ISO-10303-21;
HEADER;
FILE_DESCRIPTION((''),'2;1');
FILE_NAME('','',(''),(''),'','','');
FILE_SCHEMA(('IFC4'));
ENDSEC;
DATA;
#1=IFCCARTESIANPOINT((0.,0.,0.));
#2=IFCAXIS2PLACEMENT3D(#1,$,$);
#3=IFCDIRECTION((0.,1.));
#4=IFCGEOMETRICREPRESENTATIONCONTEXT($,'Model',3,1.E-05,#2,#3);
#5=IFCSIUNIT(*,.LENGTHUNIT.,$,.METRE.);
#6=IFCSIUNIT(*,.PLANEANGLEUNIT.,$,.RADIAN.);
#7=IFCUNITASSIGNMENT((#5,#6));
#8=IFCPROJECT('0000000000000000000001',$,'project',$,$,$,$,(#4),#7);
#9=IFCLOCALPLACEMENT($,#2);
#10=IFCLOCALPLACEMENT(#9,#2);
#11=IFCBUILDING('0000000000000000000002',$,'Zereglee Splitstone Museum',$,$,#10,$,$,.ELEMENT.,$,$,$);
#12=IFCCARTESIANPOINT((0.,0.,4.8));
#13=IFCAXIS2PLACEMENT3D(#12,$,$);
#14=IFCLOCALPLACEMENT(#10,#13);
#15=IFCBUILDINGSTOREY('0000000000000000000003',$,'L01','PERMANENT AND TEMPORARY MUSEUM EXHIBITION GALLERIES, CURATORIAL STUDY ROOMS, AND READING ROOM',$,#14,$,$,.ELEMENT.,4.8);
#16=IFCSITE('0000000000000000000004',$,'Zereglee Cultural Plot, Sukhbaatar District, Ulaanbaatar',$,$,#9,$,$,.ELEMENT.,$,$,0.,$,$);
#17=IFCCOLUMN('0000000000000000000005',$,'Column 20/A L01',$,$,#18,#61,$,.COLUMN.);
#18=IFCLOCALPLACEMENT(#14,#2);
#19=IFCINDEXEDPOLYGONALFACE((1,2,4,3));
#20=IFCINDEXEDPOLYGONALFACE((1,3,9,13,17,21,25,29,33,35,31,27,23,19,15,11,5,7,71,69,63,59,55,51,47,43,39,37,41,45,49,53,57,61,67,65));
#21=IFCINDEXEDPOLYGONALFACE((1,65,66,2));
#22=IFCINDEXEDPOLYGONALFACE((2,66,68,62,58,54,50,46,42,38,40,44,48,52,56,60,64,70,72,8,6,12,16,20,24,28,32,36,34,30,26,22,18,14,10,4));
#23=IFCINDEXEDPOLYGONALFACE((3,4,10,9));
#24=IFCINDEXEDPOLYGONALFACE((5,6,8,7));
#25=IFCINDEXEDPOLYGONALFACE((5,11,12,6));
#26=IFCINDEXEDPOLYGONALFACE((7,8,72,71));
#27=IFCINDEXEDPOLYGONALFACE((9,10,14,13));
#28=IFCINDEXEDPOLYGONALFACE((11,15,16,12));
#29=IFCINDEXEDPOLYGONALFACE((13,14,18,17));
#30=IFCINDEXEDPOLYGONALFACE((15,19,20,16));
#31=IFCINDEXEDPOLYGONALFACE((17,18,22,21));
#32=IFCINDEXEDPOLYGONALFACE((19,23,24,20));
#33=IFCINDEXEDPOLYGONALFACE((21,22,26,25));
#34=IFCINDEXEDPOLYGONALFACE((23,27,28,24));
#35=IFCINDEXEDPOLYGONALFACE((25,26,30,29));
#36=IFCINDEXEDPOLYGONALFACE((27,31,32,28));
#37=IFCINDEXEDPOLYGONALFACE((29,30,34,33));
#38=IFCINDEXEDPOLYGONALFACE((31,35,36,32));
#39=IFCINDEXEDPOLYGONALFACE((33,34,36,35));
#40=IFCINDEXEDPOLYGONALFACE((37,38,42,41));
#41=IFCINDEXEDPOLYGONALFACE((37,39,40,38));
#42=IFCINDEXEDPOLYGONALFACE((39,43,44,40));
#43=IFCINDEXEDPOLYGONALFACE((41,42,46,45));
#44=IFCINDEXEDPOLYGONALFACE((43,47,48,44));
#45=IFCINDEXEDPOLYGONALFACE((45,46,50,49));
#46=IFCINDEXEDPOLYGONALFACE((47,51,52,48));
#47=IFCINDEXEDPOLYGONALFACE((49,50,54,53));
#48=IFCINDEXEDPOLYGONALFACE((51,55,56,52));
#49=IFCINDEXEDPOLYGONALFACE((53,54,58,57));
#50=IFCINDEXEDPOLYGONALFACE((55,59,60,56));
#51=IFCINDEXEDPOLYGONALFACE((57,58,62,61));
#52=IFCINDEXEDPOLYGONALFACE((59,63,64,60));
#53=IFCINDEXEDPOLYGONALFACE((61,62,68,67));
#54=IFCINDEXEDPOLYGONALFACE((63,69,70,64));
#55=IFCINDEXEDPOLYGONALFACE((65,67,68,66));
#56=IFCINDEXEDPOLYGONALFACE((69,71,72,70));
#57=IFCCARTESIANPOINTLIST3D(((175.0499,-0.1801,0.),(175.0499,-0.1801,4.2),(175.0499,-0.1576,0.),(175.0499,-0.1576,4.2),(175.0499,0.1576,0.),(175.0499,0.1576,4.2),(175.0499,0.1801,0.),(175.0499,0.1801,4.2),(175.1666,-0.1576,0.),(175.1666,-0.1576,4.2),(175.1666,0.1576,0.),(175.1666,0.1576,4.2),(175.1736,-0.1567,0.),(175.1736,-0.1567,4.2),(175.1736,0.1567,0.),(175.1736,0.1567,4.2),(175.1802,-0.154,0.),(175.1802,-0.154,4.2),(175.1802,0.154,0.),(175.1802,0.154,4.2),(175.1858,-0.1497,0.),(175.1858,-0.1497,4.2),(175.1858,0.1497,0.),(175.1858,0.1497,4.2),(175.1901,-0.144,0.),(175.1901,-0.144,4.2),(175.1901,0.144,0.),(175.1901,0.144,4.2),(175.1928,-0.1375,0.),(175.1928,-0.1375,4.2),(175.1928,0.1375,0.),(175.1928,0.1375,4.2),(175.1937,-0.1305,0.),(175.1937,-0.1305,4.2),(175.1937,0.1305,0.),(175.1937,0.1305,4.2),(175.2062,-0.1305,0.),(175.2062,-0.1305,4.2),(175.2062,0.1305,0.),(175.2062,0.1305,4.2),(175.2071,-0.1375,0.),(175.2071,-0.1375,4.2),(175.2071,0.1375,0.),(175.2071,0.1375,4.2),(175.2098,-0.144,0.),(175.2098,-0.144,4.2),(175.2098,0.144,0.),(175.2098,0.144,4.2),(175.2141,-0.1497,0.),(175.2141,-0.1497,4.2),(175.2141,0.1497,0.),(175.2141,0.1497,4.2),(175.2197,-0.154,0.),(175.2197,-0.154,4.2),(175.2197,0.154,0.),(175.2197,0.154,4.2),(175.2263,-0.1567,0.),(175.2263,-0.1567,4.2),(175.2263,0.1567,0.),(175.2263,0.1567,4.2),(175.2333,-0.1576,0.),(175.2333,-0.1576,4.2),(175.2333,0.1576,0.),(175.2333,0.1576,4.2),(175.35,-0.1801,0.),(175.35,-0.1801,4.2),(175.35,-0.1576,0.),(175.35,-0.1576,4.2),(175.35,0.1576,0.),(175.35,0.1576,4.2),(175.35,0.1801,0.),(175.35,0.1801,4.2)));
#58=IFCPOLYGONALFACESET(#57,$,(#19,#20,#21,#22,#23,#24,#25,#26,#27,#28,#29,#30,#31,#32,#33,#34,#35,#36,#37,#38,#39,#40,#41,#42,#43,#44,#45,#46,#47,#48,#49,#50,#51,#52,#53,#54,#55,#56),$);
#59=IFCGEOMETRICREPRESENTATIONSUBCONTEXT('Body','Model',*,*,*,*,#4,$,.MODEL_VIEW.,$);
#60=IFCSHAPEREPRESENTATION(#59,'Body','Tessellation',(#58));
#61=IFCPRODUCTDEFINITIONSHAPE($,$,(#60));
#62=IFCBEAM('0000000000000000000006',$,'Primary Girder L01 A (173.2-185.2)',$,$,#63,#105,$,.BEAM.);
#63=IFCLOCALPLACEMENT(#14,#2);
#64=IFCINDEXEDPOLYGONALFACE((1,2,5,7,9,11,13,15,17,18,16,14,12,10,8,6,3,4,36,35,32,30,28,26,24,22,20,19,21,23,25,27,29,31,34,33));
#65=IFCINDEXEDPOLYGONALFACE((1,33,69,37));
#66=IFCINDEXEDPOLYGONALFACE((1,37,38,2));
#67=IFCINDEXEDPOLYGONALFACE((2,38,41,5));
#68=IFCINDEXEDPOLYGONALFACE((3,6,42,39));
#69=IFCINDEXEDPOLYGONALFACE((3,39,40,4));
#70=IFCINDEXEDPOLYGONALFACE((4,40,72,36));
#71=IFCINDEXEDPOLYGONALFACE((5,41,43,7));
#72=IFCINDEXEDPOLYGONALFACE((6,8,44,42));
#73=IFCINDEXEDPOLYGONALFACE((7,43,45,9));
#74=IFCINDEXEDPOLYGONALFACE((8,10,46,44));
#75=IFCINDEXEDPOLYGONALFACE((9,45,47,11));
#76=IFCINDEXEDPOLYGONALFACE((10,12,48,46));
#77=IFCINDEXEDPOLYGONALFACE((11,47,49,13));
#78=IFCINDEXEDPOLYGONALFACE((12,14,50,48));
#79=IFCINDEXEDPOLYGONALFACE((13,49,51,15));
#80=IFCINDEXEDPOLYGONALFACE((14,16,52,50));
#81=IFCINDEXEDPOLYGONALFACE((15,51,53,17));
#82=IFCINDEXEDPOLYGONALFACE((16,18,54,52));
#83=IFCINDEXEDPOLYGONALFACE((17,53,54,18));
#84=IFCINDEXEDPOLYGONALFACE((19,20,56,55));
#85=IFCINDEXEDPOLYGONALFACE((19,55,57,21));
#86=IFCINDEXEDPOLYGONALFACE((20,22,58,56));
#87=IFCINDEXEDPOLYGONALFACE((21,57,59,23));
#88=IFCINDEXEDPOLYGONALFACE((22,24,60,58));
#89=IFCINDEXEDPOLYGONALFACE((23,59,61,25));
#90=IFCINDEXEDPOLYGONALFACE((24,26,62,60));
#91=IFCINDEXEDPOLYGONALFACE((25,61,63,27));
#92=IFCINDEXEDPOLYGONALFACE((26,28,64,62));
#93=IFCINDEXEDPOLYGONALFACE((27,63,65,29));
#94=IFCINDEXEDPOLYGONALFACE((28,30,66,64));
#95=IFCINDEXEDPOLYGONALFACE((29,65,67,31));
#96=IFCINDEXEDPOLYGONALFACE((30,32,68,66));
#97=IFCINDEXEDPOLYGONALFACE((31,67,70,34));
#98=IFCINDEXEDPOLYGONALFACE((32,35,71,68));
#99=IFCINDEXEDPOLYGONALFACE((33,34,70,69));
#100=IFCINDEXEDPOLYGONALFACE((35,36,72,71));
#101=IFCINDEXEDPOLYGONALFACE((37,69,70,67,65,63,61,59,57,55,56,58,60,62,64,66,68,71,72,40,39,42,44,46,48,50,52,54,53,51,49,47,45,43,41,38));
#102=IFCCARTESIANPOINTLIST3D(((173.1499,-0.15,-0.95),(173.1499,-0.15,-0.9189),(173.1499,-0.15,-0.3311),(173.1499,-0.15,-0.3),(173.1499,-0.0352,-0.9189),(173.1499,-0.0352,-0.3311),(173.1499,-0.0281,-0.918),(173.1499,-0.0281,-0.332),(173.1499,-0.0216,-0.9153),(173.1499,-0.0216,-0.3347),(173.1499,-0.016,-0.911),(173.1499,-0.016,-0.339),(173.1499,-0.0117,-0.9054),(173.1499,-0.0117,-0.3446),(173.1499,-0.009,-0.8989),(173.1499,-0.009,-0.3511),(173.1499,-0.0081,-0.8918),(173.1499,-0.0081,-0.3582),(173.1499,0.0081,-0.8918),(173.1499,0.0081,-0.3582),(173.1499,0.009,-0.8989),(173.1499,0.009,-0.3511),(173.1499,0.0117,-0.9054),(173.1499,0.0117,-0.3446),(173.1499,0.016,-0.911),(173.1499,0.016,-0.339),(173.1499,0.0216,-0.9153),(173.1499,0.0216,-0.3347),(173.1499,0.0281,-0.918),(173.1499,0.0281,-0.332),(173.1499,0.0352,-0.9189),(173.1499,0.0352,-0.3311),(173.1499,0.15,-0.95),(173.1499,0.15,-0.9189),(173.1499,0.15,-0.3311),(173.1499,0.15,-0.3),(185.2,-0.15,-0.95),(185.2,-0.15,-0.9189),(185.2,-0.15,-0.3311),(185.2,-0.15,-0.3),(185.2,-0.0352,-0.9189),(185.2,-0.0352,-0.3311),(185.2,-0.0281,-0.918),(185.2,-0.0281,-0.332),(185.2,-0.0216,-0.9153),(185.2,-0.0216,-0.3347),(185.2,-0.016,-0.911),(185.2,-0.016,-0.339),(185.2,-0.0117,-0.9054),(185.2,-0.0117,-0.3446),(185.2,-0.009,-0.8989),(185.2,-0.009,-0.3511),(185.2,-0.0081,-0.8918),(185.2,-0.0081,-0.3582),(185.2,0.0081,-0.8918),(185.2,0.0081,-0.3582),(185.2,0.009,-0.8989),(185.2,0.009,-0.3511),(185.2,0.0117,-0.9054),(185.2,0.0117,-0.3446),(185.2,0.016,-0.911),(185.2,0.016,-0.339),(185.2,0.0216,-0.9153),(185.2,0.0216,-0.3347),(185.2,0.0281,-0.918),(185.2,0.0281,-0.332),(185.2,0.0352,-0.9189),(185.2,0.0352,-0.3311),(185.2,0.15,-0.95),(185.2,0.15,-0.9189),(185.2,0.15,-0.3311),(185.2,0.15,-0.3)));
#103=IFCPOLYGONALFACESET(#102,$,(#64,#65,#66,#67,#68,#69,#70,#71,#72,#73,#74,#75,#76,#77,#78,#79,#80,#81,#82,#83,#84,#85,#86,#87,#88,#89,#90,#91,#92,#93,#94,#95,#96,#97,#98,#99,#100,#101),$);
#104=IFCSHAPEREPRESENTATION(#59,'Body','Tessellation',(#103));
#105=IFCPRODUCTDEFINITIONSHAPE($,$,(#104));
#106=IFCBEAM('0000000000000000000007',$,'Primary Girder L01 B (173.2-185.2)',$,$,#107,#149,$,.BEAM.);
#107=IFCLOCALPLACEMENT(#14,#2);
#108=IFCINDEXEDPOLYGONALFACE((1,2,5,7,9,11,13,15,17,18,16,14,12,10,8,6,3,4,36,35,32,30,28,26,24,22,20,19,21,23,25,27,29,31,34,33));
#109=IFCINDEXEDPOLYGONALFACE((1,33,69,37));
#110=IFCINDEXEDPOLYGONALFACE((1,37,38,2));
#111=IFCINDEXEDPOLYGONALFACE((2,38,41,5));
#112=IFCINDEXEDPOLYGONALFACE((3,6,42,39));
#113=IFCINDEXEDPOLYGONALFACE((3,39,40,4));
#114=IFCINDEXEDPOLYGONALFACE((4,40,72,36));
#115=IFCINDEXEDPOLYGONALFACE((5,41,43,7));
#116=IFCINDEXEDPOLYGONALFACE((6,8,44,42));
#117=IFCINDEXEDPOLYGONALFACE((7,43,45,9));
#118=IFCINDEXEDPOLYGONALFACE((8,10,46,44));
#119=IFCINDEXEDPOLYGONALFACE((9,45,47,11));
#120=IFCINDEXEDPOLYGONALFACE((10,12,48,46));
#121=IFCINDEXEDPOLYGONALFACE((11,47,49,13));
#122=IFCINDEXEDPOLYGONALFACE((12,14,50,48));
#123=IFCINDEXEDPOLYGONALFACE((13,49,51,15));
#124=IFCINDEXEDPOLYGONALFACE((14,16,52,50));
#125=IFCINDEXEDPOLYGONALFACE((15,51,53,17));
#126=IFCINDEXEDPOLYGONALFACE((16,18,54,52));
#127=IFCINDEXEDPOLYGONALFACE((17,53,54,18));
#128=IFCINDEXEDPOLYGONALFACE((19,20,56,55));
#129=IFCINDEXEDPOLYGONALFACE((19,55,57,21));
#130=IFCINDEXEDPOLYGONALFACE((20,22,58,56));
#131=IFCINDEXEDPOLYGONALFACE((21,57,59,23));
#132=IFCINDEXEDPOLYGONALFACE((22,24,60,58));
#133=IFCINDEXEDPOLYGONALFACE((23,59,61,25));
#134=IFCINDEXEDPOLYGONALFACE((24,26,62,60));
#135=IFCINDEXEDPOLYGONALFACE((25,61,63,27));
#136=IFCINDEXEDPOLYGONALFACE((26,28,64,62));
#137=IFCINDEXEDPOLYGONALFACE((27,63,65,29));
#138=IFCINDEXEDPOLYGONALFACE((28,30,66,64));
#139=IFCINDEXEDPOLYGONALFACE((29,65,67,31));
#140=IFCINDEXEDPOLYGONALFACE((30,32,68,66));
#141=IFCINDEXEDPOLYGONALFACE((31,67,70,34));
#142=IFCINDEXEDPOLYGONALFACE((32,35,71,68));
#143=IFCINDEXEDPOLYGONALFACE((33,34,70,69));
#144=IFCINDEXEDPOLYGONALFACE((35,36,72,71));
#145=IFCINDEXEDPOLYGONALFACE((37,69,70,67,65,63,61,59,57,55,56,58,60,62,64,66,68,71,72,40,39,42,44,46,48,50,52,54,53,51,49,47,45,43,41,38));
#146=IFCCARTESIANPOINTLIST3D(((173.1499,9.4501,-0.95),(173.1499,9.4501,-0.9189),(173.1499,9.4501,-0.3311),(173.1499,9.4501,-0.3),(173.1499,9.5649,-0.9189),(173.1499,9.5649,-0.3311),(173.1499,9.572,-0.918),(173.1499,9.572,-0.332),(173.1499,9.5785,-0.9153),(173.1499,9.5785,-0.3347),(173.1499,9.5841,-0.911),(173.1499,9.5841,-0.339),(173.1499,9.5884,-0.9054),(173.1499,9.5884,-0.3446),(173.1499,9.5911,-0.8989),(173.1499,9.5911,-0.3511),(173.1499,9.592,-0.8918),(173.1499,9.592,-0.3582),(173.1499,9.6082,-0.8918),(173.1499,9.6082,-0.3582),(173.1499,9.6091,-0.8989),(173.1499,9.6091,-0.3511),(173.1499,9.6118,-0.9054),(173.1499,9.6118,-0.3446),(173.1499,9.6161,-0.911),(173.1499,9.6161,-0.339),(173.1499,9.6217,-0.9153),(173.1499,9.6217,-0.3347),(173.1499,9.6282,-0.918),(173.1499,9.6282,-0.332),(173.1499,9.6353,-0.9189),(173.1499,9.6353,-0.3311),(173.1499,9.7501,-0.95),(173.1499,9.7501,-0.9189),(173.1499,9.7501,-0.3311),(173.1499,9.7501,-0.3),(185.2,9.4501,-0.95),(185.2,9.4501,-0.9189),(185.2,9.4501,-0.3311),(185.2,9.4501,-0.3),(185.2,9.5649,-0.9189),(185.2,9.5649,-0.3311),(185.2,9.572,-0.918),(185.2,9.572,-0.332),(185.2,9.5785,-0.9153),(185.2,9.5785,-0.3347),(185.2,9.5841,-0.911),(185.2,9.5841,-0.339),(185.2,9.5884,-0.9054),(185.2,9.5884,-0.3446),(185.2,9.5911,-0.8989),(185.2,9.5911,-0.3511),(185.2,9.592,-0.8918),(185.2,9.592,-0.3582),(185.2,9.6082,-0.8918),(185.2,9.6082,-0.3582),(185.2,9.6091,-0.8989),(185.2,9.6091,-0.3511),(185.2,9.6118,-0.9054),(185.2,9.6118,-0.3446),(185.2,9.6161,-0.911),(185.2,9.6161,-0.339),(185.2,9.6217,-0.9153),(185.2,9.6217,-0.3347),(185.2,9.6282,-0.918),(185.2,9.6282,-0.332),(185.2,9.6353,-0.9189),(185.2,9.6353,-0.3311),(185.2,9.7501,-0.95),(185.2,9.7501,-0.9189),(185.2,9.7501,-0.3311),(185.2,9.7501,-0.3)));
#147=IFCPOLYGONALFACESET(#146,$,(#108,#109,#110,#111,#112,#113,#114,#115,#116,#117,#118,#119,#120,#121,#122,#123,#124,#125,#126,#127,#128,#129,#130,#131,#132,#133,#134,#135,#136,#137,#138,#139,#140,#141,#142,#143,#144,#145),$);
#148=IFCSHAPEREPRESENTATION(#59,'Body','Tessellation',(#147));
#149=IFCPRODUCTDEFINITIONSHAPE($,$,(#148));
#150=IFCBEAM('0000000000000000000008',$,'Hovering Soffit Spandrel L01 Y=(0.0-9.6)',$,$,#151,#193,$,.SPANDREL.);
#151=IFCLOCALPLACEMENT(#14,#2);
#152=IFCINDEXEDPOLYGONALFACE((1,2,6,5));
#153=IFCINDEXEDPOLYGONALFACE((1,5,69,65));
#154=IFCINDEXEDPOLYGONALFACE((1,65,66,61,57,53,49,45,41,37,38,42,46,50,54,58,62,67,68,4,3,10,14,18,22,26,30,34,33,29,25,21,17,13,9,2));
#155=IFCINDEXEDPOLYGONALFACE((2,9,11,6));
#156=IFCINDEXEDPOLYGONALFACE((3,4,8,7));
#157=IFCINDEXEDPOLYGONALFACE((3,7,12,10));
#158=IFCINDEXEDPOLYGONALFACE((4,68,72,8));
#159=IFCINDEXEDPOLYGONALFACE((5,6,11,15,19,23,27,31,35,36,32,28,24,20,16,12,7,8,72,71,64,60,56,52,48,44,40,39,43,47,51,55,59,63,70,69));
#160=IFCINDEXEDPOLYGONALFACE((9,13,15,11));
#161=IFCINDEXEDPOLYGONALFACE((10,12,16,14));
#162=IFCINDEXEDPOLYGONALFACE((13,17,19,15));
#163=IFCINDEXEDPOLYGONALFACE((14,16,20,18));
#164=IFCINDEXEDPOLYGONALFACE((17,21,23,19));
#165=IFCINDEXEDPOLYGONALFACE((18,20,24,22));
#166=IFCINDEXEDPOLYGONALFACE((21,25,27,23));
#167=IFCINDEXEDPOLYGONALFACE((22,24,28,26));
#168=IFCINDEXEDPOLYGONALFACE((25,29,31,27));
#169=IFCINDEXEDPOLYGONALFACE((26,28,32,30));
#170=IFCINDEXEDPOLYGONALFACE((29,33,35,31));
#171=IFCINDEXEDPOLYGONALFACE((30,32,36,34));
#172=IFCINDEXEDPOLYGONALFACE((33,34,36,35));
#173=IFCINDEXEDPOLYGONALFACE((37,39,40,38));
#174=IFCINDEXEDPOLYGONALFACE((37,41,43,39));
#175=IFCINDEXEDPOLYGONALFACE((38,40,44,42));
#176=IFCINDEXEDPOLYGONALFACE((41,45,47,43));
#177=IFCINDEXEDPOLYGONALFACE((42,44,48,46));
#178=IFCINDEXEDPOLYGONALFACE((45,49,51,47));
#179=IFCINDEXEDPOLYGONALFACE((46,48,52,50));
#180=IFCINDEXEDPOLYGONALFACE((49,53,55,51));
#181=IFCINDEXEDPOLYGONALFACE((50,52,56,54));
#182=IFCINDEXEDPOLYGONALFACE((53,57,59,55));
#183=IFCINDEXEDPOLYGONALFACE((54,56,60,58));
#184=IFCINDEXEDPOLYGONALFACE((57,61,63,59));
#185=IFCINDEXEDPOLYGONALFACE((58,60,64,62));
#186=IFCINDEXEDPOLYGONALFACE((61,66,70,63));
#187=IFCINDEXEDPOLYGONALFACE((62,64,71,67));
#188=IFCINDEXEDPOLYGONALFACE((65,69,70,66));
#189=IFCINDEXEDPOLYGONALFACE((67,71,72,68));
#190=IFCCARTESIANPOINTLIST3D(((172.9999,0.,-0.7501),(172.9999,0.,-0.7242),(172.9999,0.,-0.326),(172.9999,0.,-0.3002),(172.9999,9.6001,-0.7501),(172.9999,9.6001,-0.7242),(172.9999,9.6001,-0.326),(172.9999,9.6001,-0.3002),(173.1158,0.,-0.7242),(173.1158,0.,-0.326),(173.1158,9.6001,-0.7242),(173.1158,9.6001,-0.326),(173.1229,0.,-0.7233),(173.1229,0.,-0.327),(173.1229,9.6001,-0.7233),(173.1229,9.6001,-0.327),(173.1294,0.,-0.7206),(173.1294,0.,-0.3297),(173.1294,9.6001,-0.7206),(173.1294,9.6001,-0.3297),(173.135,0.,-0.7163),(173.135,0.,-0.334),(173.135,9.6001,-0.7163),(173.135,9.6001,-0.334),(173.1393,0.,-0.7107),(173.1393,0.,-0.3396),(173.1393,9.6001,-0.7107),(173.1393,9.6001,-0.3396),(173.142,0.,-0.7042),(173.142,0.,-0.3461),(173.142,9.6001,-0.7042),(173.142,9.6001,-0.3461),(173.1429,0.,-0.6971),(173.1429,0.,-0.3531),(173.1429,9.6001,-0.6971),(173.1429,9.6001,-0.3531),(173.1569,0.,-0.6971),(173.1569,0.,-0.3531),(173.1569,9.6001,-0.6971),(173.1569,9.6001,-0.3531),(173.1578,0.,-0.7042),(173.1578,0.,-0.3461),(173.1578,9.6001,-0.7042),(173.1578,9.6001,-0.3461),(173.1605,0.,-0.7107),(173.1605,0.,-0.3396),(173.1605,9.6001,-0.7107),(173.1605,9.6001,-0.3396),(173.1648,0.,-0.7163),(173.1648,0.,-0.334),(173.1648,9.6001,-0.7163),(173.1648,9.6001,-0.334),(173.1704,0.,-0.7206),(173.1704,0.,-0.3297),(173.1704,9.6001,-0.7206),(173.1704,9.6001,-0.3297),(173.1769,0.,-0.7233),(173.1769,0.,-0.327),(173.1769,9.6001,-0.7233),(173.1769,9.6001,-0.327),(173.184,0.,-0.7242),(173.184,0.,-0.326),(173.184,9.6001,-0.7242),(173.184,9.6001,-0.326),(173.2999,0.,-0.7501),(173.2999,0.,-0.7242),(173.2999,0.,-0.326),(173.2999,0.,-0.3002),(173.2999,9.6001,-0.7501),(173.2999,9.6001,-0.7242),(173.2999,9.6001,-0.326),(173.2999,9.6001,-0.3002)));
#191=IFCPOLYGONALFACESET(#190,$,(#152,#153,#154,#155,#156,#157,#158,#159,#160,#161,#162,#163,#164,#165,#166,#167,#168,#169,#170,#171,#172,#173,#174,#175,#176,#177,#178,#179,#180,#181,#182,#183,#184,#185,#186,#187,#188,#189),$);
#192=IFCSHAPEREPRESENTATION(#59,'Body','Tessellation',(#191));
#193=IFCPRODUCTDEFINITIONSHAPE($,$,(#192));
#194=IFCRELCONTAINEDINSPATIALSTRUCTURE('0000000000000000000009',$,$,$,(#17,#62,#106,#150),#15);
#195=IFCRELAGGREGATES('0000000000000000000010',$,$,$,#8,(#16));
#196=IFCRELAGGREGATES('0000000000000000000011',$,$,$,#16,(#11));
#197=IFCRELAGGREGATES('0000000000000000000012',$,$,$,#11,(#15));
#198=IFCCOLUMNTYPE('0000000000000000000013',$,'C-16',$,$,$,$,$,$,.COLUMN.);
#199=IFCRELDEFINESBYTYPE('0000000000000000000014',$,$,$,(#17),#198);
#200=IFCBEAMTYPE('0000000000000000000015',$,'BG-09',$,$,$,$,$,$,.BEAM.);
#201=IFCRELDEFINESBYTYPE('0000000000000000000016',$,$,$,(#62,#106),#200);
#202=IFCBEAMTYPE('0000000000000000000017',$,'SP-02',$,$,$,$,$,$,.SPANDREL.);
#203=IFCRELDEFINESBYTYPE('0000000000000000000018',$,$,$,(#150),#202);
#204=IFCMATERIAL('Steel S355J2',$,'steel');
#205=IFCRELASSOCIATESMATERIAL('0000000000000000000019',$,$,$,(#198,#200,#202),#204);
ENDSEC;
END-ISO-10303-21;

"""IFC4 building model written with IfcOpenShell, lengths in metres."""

from ifc_helpers import new_model, si_unit, direction, frame, origin, origin_2d, place, context, subcontext, project, spatial, i_section, extrude, material, material_profile, profile_set, type_object, element, save


model = new_model("IFC4")

# Units and contexts
model_context = context("Model", 3, precision=1e-05, world=origin(), true_north=direction((0.0, 1.0)))
body_context = subcontext(model_context, "Body", "Model", "MODEL_VIEW")
ifc_project = project(units=[si_unit("LENGTHUNIT", "METRE"), si_unit("PLANEANGLEUNIT", "RADIAN")], contexts=[model_context])

# Site, building, storey
site_placement = place(None, origin())
site = spatial("IfcSite", under=ifc_project, at=site_placement, Name="Zereglee Cultural Plot, Sukhbaatar District, Ulaanbaatar", CompositionType="ELEMENT", RefElevation=0.0)
building_placement = place(site_placement, origin())
building = spatial("IfcBuilding", under=site, at=building_placement, Name="Zereglee Splitstone Museum", CompositionType="ELEMENT")
storey_placement = place(building_placement, frame((0.0, 0.0, 4.8)))
storey = spatial("IfcBuildingStorey", under=building, at=storey_placement, Name="L01", Description="PERMANENT AND TEMPORARY MUSEUM EXHIBITION GALLERIES, CURATORIAL STUDY ROOMS, AND READING ROOM", CompositionType="ELEMENT", Elevation=4.8)

# Column
ifc_material_1 = material(Name="Steel S355J2", Category="steel")
ifc_material_profile_1 = material_profile(ifc_material_1, i_section(OverallWidth=0.3, OverallDepth=0.3601, WebThickness=0.0125, FlangeThickness=0.0225, FilletRadius=0.0271, at=origin_2d()), Name="HE 360 B")
ifc_profile_set_1 = profile_set([ifc_material_profile_1], Name="Steel S355J2")
column_type = type_object("IfcColumnType", Name="C-16", PredefinedType="COLUMN", material=ifc_profile_set_1)
column_placement = place(storey_placement, frame((175.2, 0.0, 0.0), z_axis=(0.0, 0.0, 1.0), x_axis=(1.0, 0.0, 0.0)))
element("IfcColumn", 1, at=column_placement, inside=storey, type_object=column_type, Name="Column 20/A L01", PredefinedType="COLUMN", context=body_context, shape_type="SweptSolid", body=[
    extrude(i_section(OverallWidth=0.3, OverallDepth=0.3601, WebThickness=0.0125, FlangeThickness=0.0225, FilletRadius=0.0271, at=origin_2d()), origin(), (0.0, 0.0, 1.0), 4.2),
])

# Beams
ifc_material_profile_2 = material_profile(ifc_material_1, i_section(OverallWidth=0.3, OverallDepth=0.6499, WebThickness=0.0161, FlangeThickness=0.031, FilletRadius=0.0271, at=origin_2d()), Name="HE 650 B")
ifc_profile_set_2 = profile_set([ifc_material_profile_2], Name="Steel S355J2")
beam_type_1 = type_object("IfcBeamType", Name="BG-09", PredefinedType="BEAM", material=ifc_profile_set_2)
for number, where, z_axis, x_axis, name in (
    (2, (173.1499, 0.0, -0.625), (1.0, 0.0, 0.0), (0.0, 1.0, 0.0), "Primary Girder L01 A (173.2-185.2)"),
    (3, (173.1499, 9.6001, -0.625), (1.0, 0.0, 0.0), (0.0, 1.0, 0.0), "Primary Girder L01 B (173.2-185.2)"),
):
    element("IfcBeam", number, at=place(storey_placement, frame(where, z_axis=z_axis, x_axis=x_axis)), inside=storey, type_object=beam_type_1, Name=name, PredefinedType="BEAM", context=body_context, shape_type="SweptSolid", body=[
        extrude(i_section(OverallWidth=0.3, OverallDepth=0.6499, WebThickness=0.0161, FlangeThickness=0.031, FilletRadius=0.0271, at=origin_2d()), origin(), (0.0, 0.0, 1.0), 12.05),
    ])
ifc_material_profile_3 = material_profile(ifc_material_1, i_section(OverallWidth=0.3, OverallDepth=0.45, WebThickness=0.0139, FlangeThickness=0.0259, FilletRadius=0.0271, at=origin_2d()), Name="HE 450 B")
ifc_profile_set_3 = profile_set([ifc_material_profile_3], Name="Steel S355J2")
beam_type_2 = type_object("IfcBeamType", Name="SP-02", PredefinedType="SPANDREL", material=ifc_profile_set_3)
beam_placement = place(storey_placement, frame((173.1499, 0.0, -0.5251), z_axis=(0.0, 1.0, 0.0), x_axis=(-1.0, 0.0, 0.0)))
element("IfcBeam", 4, at=beam_placement, inside=storey, type_object=beam_type_2, Name="Hovering Soffit Spandrel L01 Y=(0.0-9.6)", PredefinedType="SPANDREL", context=body_context, shape_type="SweptSolid", body=[
    extrude(i_section(OverallWidth=0.3, OverallDepth=0.45, WebThickness=0.0139, FlangeThickness=0.0259, FilletRadius=0.0271, at=origin_2d()), origin(), (0.0, 0.0, 1.0), 9.6001),
])

save(model, "model.ifc")
